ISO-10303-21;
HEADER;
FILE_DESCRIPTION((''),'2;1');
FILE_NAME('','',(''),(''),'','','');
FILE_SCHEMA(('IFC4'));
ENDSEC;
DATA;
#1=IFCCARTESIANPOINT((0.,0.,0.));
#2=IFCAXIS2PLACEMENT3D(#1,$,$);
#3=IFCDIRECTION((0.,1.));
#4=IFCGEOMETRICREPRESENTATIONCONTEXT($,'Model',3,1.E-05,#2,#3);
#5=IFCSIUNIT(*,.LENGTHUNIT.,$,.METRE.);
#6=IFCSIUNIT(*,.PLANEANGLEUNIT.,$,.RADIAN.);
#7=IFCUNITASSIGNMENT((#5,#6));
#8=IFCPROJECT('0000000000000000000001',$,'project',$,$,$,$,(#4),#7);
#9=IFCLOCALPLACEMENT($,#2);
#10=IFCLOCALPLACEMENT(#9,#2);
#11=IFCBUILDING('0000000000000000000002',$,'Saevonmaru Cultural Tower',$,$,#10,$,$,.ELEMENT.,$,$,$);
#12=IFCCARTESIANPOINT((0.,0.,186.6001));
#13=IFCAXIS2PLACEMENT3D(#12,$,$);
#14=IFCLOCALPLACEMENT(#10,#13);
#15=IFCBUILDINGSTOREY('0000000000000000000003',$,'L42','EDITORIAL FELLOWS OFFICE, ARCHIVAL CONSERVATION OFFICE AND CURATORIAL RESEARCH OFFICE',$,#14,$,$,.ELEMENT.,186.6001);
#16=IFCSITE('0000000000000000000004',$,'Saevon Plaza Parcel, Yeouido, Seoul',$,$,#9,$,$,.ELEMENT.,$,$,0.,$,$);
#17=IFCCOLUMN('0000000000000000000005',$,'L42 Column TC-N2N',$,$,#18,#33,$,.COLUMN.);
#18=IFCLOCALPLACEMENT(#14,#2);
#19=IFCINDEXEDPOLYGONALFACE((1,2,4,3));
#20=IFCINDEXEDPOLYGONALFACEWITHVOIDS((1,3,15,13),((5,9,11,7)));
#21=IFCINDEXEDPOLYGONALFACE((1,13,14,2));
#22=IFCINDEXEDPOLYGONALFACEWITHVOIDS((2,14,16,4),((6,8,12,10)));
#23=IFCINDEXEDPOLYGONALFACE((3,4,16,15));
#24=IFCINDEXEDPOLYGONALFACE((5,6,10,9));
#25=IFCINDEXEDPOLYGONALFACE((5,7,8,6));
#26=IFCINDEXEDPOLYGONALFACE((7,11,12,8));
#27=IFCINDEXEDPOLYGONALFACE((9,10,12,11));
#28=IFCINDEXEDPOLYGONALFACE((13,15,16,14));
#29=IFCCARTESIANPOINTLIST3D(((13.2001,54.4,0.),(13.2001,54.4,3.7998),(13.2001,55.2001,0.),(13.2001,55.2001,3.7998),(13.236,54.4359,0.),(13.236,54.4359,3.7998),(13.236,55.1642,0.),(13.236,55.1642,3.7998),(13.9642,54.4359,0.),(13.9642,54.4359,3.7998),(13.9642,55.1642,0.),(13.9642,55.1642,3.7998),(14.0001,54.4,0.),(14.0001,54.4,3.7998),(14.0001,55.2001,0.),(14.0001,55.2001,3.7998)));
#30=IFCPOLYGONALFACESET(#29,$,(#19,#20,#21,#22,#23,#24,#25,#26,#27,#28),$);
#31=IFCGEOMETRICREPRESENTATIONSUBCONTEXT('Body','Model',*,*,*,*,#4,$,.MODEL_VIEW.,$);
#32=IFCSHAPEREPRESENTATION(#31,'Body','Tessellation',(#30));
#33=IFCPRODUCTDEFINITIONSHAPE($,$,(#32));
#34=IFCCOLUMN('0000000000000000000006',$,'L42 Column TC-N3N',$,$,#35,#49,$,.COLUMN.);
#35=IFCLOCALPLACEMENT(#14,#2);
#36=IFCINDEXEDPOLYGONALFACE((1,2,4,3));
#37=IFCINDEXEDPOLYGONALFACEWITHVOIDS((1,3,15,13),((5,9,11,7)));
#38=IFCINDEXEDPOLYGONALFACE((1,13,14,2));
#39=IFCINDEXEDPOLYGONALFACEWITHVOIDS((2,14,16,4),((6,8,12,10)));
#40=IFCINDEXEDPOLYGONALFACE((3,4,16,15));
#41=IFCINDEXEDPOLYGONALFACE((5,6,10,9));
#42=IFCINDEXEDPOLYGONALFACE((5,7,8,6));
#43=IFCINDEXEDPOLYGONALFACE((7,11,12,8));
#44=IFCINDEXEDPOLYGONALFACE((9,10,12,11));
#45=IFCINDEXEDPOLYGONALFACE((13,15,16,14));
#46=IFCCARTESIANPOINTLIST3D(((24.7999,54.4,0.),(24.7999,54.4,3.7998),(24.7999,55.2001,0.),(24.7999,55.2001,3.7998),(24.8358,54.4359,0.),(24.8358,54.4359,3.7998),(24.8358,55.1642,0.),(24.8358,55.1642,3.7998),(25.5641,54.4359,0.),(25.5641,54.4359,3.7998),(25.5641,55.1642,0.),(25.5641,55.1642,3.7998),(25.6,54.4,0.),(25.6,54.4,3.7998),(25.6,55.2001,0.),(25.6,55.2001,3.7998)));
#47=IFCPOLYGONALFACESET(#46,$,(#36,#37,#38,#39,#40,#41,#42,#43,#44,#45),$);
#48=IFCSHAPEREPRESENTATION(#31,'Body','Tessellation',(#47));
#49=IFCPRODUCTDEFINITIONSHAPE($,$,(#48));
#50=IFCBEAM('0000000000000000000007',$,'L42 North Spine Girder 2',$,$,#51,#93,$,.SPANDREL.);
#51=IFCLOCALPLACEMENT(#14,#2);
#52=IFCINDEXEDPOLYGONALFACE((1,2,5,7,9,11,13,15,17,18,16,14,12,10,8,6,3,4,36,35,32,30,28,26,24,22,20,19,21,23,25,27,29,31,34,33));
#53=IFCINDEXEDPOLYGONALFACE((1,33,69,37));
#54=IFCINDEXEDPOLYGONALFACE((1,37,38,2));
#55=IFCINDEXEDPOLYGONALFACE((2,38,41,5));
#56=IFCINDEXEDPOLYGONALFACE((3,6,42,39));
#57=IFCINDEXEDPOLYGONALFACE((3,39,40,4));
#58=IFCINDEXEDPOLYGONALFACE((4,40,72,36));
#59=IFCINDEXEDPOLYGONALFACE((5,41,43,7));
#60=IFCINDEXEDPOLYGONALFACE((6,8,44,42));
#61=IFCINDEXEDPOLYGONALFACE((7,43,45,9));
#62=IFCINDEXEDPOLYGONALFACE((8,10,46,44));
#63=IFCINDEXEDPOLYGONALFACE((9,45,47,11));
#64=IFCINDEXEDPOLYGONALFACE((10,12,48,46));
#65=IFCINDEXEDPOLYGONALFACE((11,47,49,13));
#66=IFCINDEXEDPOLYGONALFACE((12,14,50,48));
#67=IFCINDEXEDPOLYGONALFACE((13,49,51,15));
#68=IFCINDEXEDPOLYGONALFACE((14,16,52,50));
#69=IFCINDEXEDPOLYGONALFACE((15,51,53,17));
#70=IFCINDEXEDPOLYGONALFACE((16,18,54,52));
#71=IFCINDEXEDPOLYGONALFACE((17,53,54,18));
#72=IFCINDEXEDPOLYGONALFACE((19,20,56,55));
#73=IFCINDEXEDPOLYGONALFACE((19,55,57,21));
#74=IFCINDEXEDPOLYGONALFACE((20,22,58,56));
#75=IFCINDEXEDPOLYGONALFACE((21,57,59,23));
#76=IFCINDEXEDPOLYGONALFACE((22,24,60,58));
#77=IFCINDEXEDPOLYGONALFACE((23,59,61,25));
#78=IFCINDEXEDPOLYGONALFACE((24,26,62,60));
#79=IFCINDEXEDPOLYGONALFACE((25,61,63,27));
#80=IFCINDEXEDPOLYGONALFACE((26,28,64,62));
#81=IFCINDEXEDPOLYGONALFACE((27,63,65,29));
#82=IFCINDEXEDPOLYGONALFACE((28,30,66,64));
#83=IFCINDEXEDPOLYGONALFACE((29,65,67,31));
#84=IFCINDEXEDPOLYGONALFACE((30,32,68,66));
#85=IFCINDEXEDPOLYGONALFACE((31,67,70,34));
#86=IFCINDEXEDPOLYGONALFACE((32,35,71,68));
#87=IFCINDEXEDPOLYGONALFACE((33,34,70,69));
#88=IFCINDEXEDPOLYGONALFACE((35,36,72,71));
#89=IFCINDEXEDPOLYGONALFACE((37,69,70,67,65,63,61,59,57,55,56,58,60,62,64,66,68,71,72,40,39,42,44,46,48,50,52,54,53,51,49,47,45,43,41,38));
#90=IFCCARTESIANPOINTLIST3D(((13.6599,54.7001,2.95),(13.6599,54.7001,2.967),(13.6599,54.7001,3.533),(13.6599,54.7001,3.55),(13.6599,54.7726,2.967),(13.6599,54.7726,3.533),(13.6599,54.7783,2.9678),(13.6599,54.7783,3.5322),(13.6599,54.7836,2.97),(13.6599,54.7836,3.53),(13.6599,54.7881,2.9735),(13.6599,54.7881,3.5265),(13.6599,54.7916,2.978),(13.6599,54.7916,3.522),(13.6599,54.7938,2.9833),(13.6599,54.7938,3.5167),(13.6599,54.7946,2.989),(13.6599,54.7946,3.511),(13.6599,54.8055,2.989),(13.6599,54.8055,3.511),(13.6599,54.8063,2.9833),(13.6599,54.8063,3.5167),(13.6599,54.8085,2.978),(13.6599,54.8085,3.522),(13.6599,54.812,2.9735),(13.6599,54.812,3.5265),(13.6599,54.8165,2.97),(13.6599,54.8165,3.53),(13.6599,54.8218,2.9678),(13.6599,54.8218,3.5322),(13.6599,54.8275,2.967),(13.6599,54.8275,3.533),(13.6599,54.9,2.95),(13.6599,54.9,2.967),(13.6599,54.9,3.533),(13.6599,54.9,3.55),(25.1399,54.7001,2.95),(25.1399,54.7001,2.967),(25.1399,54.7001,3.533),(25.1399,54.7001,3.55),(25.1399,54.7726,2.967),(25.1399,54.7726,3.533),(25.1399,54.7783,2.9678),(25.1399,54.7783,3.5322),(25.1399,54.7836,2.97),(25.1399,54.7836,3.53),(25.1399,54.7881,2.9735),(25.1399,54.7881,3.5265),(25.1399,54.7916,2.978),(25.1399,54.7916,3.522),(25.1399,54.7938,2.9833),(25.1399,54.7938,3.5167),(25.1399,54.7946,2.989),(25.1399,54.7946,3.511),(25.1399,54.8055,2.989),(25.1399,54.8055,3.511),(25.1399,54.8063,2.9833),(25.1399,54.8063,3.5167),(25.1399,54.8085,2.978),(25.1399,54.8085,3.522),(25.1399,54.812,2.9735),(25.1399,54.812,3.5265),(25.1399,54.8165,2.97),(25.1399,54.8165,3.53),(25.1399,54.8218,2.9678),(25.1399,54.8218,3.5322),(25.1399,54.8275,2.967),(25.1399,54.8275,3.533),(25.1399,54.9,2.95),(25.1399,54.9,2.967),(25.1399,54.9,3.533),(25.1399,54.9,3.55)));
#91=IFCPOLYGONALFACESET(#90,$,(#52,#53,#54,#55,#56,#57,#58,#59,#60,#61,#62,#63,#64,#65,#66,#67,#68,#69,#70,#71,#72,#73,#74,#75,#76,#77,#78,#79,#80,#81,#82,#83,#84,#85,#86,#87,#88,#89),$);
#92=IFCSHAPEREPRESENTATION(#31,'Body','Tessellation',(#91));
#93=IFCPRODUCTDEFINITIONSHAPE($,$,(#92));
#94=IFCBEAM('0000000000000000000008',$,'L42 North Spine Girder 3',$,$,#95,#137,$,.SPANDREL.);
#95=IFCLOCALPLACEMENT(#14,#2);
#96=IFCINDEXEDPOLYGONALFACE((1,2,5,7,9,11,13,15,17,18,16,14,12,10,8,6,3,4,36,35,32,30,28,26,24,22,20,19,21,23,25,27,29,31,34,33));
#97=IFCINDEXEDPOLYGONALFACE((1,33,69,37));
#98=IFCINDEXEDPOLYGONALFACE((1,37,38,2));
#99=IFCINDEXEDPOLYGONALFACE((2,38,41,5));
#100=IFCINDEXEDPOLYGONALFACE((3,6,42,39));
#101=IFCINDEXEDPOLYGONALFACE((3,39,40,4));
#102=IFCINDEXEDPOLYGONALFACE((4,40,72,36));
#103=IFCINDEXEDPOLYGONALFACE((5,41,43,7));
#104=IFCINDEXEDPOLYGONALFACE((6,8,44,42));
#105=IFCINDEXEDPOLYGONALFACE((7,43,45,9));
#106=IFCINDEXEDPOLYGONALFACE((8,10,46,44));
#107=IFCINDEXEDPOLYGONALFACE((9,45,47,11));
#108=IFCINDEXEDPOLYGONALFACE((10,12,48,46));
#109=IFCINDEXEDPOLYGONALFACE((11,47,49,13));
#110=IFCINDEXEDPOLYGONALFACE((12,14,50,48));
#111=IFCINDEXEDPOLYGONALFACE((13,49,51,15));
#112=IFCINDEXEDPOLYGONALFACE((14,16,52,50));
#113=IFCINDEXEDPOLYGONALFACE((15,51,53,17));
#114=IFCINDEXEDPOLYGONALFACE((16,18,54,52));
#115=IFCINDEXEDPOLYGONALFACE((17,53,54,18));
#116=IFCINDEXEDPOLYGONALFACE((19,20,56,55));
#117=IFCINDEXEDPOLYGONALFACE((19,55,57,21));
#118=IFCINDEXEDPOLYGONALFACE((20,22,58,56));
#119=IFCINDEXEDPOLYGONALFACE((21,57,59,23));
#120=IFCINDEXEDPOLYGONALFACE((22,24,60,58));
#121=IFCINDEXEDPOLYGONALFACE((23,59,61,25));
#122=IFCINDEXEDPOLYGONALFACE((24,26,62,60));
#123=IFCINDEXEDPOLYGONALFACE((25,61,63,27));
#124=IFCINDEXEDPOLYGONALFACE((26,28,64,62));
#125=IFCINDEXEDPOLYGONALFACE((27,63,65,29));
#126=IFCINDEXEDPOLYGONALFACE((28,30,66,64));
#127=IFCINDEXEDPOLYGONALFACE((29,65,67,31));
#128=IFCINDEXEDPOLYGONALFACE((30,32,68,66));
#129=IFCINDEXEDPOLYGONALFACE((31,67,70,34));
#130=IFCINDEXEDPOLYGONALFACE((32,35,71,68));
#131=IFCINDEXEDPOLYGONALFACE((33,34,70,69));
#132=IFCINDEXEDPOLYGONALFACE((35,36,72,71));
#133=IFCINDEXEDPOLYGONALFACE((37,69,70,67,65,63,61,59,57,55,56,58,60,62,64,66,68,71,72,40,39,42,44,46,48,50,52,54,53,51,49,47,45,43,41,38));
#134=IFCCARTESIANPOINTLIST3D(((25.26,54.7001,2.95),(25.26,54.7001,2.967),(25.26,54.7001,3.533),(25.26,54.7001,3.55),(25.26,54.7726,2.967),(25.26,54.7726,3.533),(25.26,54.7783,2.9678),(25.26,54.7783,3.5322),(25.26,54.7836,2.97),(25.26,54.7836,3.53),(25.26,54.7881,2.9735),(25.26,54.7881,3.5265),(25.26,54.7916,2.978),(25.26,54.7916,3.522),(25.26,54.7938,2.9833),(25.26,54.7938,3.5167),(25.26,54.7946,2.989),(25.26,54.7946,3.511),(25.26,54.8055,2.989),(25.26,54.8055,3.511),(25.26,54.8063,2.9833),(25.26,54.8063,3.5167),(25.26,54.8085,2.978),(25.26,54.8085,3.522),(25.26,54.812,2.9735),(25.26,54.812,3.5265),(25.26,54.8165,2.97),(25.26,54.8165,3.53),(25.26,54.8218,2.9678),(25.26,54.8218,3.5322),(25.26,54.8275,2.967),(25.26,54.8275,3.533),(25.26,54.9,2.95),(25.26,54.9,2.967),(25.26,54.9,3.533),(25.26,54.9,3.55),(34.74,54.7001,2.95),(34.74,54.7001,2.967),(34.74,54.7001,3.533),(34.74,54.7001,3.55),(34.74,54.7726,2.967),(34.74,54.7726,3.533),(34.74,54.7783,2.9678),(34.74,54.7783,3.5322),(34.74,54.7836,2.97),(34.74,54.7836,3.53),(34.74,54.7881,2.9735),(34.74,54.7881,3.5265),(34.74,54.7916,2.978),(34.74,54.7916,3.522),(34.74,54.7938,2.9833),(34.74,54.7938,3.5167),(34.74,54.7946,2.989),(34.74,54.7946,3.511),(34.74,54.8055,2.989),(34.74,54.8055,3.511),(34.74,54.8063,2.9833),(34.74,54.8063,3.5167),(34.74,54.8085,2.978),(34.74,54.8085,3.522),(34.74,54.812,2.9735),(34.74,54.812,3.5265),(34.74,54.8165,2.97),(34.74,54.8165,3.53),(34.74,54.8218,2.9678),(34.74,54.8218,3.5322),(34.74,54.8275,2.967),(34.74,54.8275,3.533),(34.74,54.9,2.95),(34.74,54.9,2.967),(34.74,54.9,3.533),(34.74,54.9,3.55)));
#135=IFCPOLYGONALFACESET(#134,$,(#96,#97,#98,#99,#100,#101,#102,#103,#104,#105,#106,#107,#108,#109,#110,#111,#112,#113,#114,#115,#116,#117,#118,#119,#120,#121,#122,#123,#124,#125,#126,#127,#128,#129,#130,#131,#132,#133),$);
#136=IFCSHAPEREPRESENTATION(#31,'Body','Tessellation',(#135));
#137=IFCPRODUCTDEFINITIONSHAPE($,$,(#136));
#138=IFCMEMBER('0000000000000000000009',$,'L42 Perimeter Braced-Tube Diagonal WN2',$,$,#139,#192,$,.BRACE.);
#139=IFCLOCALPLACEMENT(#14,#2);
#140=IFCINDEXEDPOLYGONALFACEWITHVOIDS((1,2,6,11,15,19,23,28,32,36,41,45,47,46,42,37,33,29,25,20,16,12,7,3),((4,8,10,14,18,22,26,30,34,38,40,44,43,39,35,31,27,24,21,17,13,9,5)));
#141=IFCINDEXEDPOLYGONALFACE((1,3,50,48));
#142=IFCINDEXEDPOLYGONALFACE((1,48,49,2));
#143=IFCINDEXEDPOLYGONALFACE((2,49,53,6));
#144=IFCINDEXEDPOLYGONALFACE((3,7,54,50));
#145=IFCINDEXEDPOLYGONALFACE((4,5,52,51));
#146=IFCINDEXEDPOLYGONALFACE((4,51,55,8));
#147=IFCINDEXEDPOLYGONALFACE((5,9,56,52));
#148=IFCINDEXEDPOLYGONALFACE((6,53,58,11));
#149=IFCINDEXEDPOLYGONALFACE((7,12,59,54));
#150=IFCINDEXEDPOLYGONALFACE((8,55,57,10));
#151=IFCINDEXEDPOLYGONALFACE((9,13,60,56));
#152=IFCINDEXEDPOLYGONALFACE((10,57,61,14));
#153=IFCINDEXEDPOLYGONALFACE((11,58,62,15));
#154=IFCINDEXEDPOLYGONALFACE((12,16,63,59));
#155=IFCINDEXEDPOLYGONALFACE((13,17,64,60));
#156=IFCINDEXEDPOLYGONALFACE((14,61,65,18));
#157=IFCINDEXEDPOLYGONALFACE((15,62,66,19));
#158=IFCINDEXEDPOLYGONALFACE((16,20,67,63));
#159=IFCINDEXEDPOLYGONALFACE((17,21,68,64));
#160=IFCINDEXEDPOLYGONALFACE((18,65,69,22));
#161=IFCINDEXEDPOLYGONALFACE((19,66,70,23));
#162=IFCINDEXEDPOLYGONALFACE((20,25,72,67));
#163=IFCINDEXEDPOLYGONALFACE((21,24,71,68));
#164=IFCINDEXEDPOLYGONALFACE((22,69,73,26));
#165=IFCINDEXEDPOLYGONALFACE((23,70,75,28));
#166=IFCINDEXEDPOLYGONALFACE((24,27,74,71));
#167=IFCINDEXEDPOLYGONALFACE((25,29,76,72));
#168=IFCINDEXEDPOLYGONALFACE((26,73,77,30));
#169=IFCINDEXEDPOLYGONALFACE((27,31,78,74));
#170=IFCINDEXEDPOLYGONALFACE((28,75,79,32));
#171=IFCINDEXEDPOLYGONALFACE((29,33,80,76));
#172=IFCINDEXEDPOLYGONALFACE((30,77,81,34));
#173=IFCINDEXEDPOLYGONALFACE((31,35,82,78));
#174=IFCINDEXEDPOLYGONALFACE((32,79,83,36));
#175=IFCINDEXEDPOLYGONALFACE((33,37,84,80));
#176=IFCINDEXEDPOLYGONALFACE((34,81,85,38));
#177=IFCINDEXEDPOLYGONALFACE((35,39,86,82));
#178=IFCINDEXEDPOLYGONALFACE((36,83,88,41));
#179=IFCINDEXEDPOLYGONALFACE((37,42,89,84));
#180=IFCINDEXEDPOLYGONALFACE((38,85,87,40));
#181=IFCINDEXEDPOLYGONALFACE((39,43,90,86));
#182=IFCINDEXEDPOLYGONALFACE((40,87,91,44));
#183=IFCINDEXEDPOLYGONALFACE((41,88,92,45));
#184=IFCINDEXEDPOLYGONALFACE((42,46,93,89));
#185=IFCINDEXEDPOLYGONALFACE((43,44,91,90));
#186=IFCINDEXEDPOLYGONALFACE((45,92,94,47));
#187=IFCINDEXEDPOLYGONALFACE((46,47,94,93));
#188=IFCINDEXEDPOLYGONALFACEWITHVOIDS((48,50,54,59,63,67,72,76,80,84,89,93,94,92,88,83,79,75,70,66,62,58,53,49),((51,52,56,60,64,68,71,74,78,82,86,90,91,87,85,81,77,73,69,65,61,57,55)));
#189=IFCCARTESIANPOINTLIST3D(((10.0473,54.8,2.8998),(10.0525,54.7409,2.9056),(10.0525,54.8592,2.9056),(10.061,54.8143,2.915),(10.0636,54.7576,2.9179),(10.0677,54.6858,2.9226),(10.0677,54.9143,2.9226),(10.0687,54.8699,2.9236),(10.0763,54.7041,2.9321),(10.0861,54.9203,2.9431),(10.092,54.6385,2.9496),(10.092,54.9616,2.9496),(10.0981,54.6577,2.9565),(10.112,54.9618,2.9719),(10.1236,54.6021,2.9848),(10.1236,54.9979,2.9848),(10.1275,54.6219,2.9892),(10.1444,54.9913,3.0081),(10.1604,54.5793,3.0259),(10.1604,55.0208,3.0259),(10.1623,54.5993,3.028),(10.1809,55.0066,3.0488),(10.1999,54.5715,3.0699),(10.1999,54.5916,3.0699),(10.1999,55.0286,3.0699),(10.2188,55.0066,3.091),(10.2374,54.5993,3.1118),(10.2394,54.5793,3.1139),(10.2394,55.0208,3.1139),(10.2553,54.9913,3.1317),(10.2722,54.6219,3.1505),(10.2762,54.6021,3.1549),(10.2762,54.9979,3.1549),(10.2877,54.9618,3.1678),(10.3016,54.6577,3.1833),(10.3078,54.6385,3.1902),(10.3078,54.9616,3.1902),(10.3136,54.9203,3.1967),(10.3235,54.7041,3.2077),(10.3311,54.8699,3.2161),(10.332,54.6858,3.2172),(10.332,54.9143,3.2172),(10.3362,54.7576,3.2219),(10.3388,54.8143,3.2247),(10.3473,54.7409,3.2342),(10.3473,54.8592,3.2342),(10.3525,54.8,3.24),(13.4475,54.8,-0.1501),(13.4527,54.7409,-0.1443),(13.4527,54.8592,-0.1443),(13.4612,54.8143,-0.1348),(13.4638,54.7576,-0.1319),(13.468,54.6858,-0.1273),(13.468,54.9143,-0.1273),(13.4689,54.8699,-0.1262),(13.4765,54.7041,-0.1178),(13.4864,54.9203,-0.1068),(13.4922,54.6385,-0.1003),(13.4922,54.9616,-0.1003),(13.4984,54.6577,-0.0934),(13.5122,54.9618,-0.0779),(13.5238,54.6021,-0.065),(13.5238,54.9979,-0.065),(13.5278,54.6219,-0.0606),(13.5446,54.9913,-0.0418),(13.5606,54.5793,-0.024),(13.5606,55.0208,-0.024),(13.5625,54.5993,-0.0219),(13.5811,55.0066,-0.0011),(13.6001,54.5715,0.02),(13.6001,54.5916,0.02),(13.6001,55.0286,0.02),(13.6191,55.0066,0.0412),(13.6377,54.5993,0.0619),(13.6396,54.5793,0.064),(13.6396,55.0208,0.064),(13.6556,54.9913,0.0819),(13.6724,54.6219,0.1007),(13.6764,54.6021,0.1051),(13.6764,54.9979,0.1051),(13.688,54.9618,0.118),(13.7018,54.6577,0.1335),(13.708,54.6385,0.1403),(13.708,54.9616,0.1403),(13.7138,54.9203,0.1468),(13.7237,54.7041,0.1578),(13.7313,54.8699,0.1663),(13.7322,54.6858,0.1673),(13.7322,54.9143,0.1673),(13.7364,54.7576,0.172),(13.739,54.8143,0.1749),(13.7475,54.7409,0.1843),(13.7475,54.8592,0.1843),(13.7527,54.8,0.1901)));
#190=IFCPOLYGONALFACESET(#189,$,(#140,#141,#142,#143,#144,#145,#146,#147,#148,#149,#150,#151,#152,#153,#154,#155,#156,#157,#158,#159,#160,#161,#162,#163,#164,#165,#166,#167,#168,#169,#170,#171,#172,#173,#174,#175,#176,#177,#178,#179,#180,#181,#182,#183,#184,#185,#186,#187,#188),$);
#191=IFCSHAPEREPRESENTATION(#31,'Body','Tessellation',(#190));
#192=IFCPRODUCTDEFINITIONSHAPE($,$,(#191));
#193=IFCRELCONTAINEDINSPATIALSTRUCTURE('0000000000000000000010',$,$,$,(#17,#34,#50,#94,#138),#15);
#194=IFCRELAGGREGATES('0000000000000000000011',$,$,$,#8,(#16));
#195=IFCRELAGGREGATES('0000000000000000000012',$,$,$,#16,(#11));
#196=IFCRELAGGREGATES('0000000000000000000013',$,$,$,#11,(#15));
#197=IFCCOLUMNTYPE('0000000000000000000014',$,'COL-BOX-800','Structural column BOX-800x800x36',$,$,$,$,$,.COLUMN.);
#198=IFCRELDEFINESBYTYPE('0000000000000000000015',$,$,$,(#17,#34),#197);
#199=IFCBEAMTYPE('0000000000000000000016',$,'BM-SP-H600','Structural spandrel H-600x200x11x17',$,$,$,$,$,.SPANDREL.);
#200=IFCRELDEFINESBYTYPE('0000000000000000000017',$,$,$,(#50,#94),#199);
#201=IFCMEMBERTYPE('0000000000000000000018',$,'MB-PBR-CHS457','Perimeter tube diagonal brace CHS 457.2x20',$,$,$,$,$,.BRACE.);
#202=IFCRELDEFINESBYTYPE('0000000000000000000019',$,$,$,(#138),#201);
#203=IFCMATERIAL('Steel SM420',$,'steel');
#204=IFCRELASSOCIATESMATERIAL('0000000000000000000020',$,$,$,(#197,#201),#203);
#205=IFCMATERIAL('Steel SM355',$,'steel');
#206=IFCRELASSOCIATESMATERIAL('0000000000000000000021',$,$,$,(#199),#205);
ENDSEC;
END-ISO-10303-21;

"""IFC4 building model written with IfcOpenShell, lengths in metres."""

from ifc_helpers import new_model, si_unit, direction, frame, origin, origin_2d, place, context, subcontext, project, spatial, hollow_rectangle, hollow_circle, i_section, extrude, material, material_profile, profile_set, type_object, element, save


model = new_model("IFC4")

# Units and contexts
model_context = context("Model", 3, precision=1e-05, world=origin(), true_north=direction((0.0, 1.0)))
body_context = subcontext(model_context, "Body", "Model", "MODEL_VIEW")
ifc_project = project(units=[si_unit("LENGTHUNIT", "METRE"), si_unit("PLANEANGLEUNIT", "RADIAN")], contexts=[model_context])

# Site, building, storey
site_placement = place(None, origin())
site = spatial("IfcSite", under=ifc_project, at=site_placement, Name="Saevon Plaza Parcel, Yeouido, Seoul", CompositionType="ELEMENT", RefElevation=0.0)
building_placement = place(site_placement, origin())
building = spatial("IfcBuilding", under=site, at=building_placement, Name="Saevonmaru Cultural Tower", CompositionType="ELEMENT")
storey_placement = place(building_placement, frame((0.0, 0.0, 186.6001)))
storey = spatial("IfcBuildingStorey", under=building, at=storey_placement, Name="L42", Description="EDITORIAL FELLOWS OFFICE, ARCHIVAL CONSERVATION OFFICE AND CURATORIAL RESEARCH OFFICE", CompositionType="ELEMENT", Elevation=186.6001)

# Columns
ifc_material_1 = material(Name="Steel SM420", Category="steel")
ifc_material_profile_1 = material_profile(ifc_material_1, hollow_rectangle(XDim=0.8, YDim=0.8, WallThickness=0.0359, at=origin_2d()), Name="BOX-800x800x36")
ifc_profile_set_1 = profile_set([ifc_material_profile_1], Name="Steel SM420")
column_type = type_object("IfcColumnType", Name="COL-BOX-800", Description="Structural column BOX-800x800x36", PredefinedType="COLUMN", material=ifc_profile_set_1)
for number, where, z_axis, x_axis, name in (
    (1, (13.6001, 54.8, 0.0), (0.0, 0.0, 1.0), (1.0, 0.0, 0.0), "L42 Column TC-N2N"),
    (2, (25.2, 54.8, 0.0), (0.0, 0.0, 1.0), (1.0, 0.0, 0.0), "L42 Column TC-N3N"),
):
    element("IfcColumn", number, at=place(storey_placement, frame(where, z_axis=z_axis, x_axis=x_axis)), inside=storey, type_object=column_type, Name=name, PredefinedType="COLUMN", context=body_context, shape_type="SweptSolid", body=[
        extrude(hollow_rectangle(XDim=0.8, YDim=0.8, WallThickness=0.0359, at=origin_2d()), origin(), (0.0, 0.0, 1.0), 3.7998),
    ])

# Beams
ifc_material_2 = material(Name="Steel SM355", Category="steel")
ifc_material_profile_2 = material_profile(ifc_material_2, i_section(OverallWidth=0.2, OverallDepth=0.6001, WebThickness=0.011, FlangeThickness=0.0171, FilletRadius=0.022, at=origin_2d()), Name="H-600x200x11x17")
ifc_profile_set_2 = profile_set([ifc_material_profile_2], Name="Steel SM355")
beam_type = type_object("IfcBeamType", Name="BM-SP-H600", Description="Structural spandrel H-600x200x11x17", PredefinedType="SPANDREL", material=ifc_profile_set_2)
beam_1_placement = place(storey_placement, frame((13.6599, 54.8, 3.25), z_axis=(1.0, 0.0, 0.0), x_axis=(0.0, 1.0, 0.0)))
element("IfcBeam", 3, at=beam_1_placement, inside=storey, type_object=beam_type, Name="L42 North Spine Girder 2", PredefinedType="SPANDREL", context=body_context, shape_type="SweptSolid", body=[
    extrude(i_section(OverallWidth=0.2, OverallDepth=0.6001, WebThickness=0.011, FlangeThickness=0.0171, FilletRadius=0.022, at=origin_2d()), origin(), (0.0, 0.0, 1.0), 11.48),
])
beam_2_placement = place(storey_placement, frame((25.26, 54.8, 3.25), z_axis=(1.0, 0.0, 0.0), x_axis=(0.0, 1.0, 0.0)))
element("IfcBeam", 4, at=beam_2_placement, inside=storey, type_object=beam_type, Name="L42 North Spine Girder 3", PredefinedType="SPANDREL", context=body_context, shape_type="SweptSolid", body=[
    extrude(i_section(OverallWidth=0.2, OverallDepth=0.6001, WebThickness=0.011, FlangeThickness=0.0171, FilletRadius=0.022, at=origin_2d()), origin(), (0.0, 0.0, 1.0), 9.48),
])

# Member
ifc_material_profile_3 = material_profile(ifc_material_1, hollow_circle(Radius=0.2285, WallThickness=0.02, at=origin_2d()), Name="CHS-457.2x20")
ifc_profile_set_3 = profile_set([ifc_material_profile_3], Name="Steel SM420")
member_type_1 = type_object("IfcMemberType", Name="MB-PBR-CHS457", Description="Perimeter tube diagonal brace CHS 457.2x20", PredefinedType="BRACE", material=ifc_profile_set_3)
member_1_placement = place(storey_placement, frame((13.6001, 54.8, 0.02), z_axis=(-0.744417, 0.0, 0.667715), x_axis=(0.0, -1.0, 0.0)))
element("IfcMember", 5, at=member_1_placement, inside=storey, type_object=member_type_1, Name="L42 Perimeter Braced-Tube Diagonal WN2", PredefinedType="BRACE", context=body_context, shape_type="SweptSolid", body=[
    extrude(hollow_circle(Radius=0.2285, WallThickness=0.02, at=origin_2d()), origin(), (0.0, 0.0, 1.0), 4.5676),
])

save(model, "model.ifc")
